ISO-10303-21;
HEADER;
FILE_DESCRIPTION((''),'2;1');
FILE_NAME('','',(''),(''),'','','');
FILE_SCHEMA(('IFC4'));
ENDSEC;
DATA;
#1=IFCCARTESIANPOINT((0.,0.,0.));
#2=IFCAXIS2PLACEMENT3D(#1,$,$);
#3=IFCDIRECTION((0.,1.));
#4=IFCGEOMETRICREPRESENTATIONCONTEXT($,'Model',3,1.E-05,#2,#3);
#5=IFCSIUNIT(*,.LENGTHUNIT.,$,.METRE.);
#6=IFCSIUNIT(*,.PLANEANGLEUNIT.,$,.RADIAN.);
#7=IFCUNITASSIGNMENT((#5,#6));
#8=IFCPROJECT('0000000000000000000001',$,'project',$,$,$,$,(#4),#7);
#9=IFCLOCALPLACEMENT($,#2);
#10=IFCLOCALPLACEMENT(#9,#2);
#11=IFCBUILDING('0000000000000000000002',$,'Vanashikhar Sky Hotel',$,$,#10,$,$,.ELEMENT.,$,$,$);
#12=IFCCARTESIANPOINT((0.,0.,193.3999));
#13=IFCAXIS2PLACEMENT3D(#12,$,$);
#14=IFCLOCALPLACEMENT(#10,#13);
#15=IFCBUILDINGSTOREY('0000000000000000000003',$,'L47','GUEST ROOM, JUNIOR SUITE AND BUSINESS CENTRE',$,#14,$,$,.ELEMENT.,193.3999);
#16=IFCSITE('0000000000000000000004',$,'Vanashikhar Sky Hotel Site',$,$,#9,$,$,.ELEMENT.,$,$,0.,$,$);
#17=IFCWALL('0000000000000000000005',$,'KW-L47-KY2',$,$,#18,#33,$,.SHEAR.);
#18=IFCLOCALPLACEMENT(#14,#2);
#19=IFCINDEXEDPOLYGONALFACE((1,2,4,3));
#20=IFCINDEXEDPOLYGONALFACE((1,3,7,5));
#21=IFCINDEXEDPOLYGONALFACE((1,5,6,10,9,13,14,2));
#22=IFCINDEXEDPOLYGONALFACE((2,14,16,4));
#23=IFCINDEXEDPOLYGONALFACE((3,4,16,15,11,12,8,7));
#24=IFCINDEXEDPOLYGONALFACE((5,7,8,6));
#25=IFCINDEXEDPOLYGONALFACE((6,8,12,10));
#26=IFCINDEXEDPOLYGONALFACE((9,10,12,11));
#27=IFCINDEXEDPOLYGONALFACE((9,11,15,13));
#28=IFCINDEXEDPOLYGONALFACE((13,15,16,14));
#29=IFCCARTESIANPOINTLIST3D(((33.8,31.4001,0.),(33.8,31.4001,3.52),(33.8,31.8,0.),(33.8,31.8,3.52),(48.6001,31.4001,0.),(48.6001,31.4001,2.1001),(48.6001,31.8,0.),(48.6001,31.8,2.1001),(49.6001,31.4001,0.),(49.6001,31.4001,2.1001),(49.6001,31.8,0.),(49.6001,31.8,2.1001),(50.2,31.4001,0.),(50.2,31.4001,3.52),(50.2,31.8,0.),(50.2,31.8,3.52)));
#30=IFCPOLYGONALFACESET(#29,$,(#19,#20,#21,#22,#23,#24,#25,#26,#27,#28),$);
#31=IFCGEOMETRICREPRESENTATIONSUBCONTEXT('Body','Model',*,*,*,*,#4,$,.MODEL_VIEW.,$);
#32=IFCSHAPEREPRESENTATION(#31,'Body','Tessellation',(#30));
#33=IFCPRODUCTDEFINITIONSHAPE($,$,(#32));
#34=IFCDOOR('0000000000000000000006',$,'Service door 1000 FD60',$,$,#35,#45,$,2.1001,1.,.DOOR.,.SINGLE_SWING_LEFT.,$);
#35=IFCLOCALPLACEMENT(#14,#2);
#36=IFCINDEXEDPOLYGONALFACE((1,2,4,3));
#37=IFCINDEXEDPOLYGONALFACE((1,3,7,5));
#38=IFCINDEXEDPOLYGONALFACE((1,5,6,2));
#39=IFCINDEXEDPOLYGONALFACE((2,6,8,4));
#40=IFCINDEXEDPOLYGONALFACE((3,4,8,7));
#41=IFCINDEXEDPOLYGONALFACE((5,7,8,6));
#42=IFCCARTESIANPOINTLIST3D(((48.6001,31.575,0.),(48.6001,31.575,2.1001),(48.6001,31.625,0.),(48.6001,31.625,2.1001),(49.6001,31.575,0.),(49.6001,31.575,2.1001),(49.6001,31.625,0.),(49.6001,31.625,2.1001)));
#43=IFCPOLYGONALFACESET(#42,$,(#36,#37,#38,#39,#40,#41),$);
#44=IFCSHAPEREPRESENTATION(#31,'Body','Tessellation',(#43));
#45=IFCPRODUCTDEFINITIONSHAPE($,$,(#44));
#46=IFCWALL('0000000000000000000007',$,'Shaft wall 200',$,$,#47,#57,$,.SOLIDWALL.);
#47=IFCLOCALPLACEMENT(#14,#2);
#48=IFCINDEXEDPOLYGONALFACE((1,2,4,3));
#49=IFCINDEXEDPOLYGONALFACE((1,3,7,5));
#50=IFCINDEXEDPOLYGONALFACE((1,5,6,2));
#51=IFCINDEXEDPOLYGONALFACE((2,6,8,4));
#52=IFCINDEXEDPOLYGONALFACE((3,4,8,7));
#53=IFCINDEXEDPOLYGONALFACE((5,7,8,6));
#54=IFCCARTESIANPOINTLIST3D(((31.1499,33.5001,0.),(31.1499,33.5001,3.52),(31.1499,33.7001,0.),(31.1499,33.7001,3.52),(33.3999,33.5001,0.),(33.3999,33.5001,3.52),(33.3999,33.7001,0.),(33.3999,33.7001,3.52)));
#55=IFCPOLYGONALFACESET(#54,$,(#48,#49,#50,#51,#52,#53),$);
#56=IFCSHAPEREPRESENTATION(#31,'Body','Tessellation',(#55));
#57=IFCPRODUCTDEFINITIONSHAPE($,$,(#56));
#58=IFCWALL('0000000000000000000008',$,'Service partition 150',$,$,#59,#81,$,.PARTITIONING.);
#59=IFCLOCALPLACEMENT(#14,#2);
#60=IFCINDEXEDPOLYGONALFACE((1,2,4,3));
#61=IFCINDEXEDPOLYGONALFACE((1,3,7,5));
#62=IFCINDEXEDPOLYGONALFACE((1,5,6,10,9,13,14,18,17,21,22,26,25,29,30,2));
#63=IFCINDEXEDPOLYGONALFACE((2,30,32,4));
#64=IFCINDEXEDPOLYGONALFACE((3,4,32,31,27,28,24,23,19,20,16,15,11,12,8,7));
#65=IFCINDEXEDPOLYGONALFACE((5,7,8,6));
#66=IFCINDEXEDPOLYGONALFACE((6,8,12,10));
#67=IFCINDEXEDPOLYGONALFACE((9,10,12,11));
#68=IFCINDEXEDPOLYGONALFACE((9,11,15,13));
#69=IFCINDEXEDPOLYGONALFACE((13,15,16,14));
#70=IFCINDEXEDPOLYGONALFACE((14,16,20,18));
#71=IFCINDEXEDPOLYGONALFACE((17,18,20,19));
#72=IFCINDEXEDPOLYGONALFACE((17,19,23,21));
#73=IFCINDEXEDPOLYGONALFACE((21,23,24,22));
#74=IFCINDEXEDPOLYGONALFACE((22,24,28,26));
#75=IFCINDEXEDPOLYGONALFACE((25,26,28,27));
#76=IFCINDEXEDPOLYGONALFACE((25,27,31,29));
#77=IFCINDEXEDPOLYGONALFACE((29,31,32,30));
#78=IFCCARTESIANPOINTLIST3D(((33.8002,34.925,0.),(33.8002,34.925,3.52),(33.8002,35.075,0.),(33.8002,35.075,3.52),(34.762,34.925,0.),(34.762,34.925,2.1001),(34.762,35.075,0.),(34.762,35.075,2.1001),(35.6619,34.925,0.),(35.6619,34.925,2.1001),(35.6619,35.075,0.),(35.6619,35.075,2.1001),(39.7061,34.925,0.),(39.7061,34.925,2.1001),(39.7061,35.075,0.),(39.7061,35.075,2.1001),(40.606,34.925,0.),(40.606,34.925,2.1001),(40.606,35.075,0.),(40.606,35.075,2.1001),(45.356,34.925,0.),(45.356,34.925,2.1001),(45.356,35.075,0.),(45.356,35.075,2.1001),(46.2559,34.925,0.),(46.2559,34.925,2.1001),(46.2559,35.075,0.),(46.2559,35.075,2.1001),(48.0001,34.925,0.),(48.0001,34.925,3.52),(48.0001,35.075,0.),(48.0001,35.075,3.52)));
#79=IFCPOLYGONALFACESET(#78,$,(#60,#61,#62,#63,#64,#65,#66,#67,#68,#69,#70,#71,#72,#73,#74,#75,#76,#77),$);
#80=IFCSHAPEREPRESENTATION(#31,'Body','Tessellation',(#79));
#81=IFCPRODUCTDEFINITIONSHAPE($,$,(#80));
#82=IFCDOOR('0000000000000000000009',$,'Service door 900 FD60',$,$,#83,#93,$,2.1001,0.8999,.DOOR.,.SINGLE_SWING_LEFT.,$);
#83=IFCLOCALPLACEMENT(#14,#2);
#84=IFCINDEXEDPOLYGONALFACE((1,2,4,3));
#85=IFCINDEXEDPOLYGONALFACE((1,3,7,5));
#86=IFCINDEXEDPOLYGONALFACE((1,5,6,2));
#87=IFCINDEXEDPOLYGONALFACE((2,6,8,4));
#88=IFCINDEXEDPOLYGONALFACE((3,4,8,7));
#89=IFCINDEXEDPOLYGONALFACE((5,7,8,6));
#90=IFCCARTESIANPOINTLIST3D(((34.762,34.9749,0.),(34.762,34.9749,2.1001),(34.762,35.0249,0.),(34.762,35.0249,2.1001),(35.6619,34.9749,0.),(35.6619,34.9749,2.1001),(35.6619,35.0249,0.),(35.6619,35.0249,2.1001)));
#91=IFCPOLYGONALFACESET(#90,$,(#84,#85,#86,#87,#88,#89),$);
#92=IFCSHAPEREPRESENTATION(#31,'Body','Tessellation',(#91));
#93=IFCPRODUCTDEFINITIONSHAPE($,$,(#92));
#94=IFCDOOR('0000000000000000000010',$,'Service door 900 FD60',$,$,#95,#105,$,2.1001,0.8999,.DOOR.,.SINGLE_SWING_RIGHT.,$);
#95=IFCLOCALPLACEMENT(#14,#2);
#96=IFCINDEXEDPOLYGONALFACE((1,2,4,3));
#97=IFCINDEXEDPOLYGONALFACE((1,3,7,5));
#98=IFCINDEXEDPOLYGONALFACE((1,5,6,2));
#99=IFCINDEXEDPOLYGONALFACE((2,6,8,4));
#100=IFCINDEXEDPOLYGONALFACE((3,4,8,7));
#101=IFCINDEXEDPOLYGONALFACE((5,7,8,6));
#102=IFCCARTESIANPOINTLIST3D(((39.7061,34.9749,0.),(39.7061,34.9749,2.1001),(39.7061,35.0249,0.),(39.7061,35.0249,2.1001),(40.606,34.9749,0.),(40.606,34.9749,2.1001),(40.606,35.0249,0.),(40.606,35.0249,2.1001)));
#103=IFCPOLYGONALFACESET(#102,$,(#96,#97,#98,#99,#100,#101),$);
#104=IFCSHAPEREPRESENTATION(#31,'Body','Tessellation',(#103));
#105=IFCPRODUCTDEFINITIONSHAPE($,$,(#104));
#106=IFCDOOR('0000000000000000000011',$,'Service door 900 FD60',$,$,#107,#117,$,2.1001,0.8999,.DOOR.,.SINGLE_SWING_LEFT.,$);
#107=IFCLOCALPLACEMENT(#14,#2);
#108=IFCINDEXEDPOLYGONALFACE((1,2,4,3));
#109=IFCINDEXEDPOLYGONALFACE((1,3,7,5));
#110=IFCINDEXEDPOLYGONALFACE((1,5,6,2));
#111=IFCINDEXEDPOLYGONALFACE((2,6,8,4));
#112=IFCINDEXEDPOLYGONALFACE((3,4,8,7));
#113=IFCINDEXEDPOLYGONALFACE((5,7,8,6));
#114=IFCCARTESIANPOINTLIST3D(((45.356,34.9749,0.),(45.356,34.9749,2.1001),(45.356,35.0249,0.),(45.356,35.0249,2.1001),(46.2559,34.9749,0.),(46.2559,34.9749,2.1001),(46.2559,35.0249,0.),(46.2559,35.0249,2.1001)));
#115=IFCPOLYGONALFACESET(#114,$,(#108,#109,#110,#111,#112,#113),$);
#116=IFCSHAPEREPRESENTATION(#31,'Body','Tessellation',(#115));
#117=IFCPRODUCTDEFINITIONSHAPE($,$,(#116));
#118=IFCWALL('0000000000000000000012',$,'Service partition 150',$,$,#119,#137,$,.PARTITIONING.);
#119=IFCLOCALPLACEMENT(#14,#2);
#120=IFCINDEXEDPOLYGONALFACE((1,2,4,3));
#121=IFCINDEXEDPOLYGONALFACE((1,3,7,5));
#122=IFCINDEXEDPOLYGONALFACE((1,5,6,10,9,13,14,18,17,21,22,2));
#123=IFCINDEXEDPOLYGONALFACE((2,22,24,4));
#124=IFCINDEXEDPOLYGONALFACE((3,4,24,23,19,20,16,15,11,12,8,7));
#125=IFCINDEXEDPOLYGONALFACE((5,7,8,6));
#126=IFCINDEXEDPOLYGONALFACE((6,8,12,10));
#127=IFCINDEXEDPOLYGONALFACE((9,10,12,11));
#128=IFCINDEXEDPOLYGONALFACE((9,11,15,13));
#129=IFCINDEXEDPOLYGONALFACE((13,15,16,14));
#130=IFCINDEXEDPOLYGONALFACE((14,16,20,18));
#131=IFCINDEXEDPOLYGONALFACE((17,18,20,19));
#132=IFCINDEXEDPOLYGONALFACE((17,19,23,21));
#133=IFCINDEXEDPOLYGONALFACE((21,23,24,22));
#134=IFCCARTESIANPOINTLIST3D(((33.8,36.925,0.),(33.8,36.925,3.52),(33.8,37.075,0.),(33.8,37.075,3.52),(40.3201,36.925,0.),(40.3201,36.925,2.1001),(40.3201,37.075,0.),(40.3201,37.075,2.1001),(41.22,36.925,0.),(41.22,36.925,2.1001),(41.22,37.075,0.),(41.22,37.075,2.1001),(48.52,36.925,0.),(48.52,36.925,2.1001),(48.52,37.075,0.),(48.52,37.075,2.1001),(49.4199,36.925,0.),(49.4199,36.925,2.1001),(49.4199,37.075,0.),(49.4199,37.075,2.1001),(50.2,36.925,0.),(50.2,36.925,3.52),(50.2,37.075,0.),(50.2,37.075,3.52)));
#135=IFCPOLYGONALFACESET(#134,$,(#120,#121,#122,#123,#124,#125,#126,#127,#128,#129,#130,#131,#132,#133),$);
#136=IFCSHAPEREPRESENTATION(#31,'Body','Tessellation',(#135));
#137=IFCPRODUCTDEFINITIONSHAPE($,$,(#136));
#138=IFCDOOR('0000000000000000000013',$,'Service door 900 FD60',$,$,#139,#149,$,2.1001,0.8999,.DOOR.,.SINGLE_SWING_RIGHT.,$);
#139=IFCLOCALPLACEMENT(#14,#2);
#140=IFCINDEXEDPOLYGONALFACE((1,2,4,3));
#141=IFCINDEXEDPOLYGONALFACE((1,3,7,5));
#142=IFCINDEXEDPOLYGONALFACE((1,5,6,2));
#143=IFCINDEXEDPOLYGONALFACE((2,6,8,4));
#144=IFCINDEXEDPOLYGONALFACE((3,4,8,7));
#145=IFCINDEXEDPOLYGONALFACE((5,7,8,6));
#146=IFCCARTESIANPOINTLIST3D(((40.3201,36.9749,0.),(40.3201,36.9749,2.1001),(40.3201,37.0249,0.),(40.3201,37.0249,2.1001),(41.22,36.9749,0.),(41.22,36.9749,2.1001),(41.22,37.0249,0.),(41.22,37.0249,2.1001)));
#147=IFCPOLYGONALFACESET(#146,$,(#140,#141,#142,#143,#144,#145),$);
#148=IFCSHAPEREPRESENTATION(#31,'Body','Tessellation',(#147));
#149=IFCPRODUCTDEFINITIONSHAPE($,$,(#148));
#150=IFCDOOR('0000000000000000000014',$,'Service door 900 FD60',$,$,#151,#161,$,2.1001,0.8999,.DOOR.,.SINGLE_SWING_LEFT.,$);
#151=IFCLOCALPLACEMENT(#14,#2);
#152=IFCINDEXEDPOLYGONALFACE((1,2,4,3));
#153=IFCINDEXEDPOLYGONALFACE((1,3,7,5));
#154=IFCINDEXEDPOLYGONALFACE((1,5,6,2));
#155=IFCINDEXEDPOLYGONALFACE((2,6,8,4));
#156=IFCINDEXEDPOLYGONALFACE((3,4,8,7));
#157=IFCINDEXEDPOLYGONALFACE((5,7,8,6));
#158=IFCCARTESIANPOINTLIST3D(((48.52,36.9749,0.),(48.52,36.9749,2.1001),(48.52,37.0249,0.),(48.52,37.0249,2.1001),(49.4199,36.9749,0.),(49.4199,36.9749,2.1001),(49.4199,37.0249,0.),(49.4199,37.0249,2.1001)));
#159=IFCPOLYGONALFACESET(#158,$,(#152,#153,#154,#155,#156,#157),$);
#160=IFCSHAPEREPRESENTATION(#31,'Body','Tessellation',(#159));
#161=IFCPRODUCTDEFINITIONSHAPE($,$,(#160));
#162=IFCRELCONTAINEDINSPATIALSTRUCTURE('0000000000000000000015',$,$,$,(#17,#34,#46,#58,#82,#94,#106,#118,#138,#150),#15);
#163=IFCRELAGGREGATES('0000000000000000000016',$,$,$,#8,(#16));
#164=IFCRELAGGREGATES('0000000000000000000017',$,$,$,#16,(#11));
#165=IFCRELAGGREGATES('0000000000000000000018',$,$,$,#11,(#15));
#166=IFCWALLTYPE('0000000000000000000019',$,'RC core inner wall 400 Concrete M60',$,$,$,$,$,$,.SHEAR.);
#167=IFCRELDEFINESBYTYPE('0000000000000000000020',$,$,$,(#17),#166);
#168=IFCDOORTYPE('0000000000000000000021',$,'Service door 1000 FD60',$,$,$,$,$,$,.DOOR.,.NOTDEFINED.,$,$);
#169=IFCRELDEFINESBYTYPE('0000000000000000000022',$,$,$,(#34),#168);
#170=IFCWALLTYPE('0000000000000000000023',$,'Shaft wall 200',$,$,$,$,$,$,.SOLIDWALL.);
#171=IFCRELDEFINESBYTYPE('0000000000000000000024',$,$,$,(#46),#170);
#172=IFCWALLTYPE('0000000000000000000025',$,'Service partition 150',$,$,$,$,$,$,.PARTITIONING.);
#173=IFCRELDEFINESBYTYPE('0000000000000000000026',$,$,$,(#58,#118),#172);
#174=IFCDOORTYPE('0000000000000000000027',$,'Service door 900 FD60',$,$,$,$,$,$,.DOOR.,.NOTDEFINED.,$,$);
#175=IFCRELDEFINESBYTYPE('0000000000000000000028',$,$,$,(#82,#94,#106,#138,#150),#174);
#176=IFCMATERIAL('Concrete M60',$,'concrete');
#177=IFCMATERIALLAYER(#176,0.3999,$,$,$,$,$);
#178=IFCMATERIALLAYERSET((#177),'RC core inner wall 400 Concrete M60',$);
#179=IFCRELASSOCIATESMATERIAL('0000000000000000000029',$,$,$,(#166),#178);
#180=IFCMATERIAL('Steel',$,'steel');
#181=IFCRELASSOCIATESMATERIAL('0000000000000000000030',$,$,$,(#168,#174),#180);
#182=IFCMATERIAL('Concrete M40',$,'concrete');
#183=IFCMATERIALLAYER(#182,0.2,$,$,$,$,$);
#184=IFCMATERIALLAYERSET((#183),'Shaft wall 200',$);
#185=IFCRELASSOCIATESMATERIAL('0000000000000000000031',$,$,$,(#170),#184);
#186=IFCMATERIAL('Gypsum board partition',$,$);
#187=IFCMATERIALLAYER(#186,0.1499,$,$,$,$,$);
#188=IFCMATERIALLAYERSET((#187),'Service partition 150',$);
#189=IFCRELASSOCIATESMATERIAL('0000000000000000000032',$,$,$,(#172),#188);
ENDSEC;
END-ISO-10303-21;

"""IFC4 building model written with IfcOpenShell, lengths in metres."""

from ifc_helpers import new_model, si_unit, direction, frame, frame_2d, origin, place, context, subcontext, project, spatial, rectangle, extrude, source, transform, mapped, material, layer, layer_set, type_object, element, fill, save


model = new_model("IFC4")

# Units and contexts
model_context = context("Model", 3, precision=1e-05, world=origin(), true_north=direction((0.0, 1.0)))
body_context = subcontext(model_context, "Body", "Model", "MODEL_VIEW")
ifc_project = project(units=[si_unit("LENGTHUNIT", "METRE"), si_unit("PLANEANGLEUNIT", "RADIAN")], contexts=[model_context])

# Site, building, storey
site_placement = place(None, origin())
site = spatial("IfcSite", under=ifc_project, at=site_placement, Name="Vanashikhar Sky Hotel Site", CompositionType="ELEMENT", RefElevation=0.0)
building_placement = place(site_placement, origin())
building = spatial("IfcBuilding", under=site, at=building_placement, Name="Vanashikhar Sky Hotel", CompositionType="ELEMENT")
storey_placement = place(building_placement, frame((0.0, 0.0, 193.3999)))
storey = spatial("IfcBuildingStorey", under=building, at=storey_placement, Name="L47", Description="GUEST ROOM, JUNIOR SUITE AND BUSINESS CENTRE", CompositionType="ELEMENT", Elevation=193.3999)

# Wall, opening, door
ifc_material_1 = material(Name="Concrete M60", Category="concrete")
ifc_layer_1 = layer(ifc_material_1, 0.3999)
ifc_layer_set_1 = layer_set([ifc_layer_1], Name="RC core inner wall 400 Concrete M60")
wall_type_1 = type_object("IfcWallType", Name="RC core inner wall 400 Concrete M60", PredefinedType="SHEAR", material=ifc_layer_set_1)
shared_shape_1 = source(origin(), body_context, "Body", "SweptSolid", [
    extrude(rectangle(XDim=16.3999, YDim=0.3999, at=frame_2d((8.2, 0.0))), origin(), (0.0, 0.0, 1.0), 3.52),
])
wall_1_placement = place(storey_placement, frame((33.8, 31.6001, 0.0), z_axis=(0.0, 0.0, 1.0), x_axis=(1.0, 0.0, 0.0)))
wall_1 = element("IfcWall", 1, at=wall_1_placement, inside=storey, type_object=wall_type_1, Name="KW-L47-KY2", PredefinedType="SHEAR", context=body_context, shape_type="MappedRepresentation", body=[
    mapped(shared_shape_1, transform((0.0, 0.0, 0.0), scale=1.0)),
])
shared_shape_2 = source(origin(), body_context, "Body", "SweptSolid", [
    extrude(rectangle(XDim=1.0, YDim=2.1001, at=frame_2d((0.5, 1.05))), frame((0.0, 0.21, 0.0), z_axis=(0.0, -1.0, 0.0), x_axis=(1.0, 0.0, 0.0)), (0.0, 0.0, 1.0), 0.4199),
])
opening_1_placement = place(wall_1_placement, frame((14.8, 0.0, 0.0)))
opening_1 = element("IfcOpeningElement", 2, at=opening_1_placement, cuts=wall_1, PredefinedType="OPENING", context=body_context, shape_type="MappedRepresentation", body=[
    mapped(shared_shape_2, transform((0.0, 0.0, 0.0), scale=1.0)),
])
ifc_material_2 = material(Name="Steel", Category="steel")
door_type_1 = type_object("IfcDoorType", Name="Service door 1000 FD60", OperationType="NOTDEFINED", PredefinedType="DOOR", material=ifc_material_2)
shared_shape_3 = source(origin(), body_context, "Body", "SweptSolid", [
    extrude(rectangle(XDim=1.0, YDim=2.1001, at=frame_2d((0.5, 1.05))), frame((0.0, 0.0249, 0.0), z_axis=(0.0, -1.0, 0.0), x_axis=(1.0, 0.0, 0.0)), (0.0, 0.0, 1.0), 0.05),
])
door_1_placement = place(opening_1_placement, origin())
door_1 = element("IfcDoor", 3, at=door_1_placement, inside=storey, type_object=door_type_1, Name="Service door 1000 FD60", OperationType="SINGLE_SWING_LEFT", OverallHeight=2.1001, OverallWidth=1.0, PredefinedType="DOOR", context=body_context, shape_type="MappedRepresentation", body=[
    mapped(shared_shape_3, transform((0.0, 0.0, 0.0), scale=1.0)),
])
fill(opening_1, door_1)

# Wall
ifc_material_3 = material(Name="Concrete M40", Category="concrete")
ifc_layer_2 = layer(ifc_material_3, 0.2)
ifc_layer_set_2 = layer_set([ifc_layer_2], Name="Shaft wall 200")
wall_type_2 = type_object("IfcWallType", Name="Shaft wall 200", PredefinedType="SOLIDWALL", material=ifc_layer_set_2)
shared_shape_4 = source(origin(), body_context, "Body", "SweptSolid", [
    extrude(rectangle(XDim=2.25, YDim=0.2, at=frame_2d((1.125, 0.0))), origin(), (0.0, 0.0, 1.0), 3.52),
])
wall_2_placement = place(storey_placement, frame((31.1499, 33.6001, 0.0), z_axis=(0.0, 0.0, 1.0), x_axis=(1.0, 0.0, 0.0)))
element("IfcWall", 4, at=wall_2_placement, inside=storey, type_object=wall_type_2, Name="Shaft wall 200", PredefinedType="SOLIDWALL", context=body_context, shape_type="MappedRepresentation", body=[
    mapped(shared_shape_4, transform((0.0, 0.0, 0.0), scale=1.0)),
])

# Walls, openings, doors
ifc_material_4 = material(Name="Gypsum board partition")
ifc_layer_3 = layer(ifc_material_4, 0.1499)
ifc_layer_set_3 = layer_set([ifc_layer_3], Name="Service partition 150")
wall_type_3 = type_object("IfcWallType", Name="Service partition 150", PredefinedType="PARTITIONING", material=ifc_layer_set_3)
shared_shape_5 = source(origin(), body_context, "Body", "SweptSolid", [
    extrude(rectangle(XDim=14.2, YDim=0.1499, at=frame_2d((7.1001, 0.0))), origin(), (0.0, 0.0, 1.0), 3.52),
])
wall_3_placement = place(storey_placement, frame((33.8, 35.0, 0.0), z_axis=(0.0, 0.0, 1.0), x_axis=(1.0, 0.0, 0.0)))
wall_3 = element("IfcWall", 5, at=wall_3_placement, inside=storey, type_object=wall_type_3, Name="Service partition 150", PredefinedType="PARTITIONING", context=body_context, shape_type="MappedRepresentation", body=[
    mapped(shared_shape_5, transform((0.0, 0.0, 0.0), scale=1.0)),
])
shared_shape_6 = source(origin(), body_context, "Body", "SweptSolid", [
    extrude(rectangle(XDim=0.8999, YDim=2.1001, at=frame_2d((0.45, 1.05))), frame((0.0, 0.085, 0.0), z_axis=(0.0, -1.0, 0.0), x_axis=(1.0, 0.0, 0.0)), (0.0, 0.0, 1.0), 0.1699),
])
opening_2_placement = place(wall_3_placement, frame((0.9619, 0.0, 0.0)))
opening_2 = element("IfcOpeningElement", 6, at=opening_2_placement, cuts=wall_3, PredefinedType="OPENING", context=body_context, shape_type="MappedRepresentation", body=[
    mapped(shared_shape_6, transform((0.0, 0.0, 0.0), scale=1.0)),
])
opening_3_placement = place(wall_3_placement, frame((5.906, 0.0, 0.0)))
opening_3 = element("IfcOpeningElement", 7, at=opening_3_placement, cuts=wall_3, PredefinedType="OPENING", context=body_context, shape_type="MappedRepresentation", body=[
    mapped(shared_shape_6, transform((0.0, 0.0, 0.0), scale=1.0)),
])
opening_4_placement = place(wall_3_placement, frame((11.5559, 0.0, 0.0)))
opening_4 = element("IfcOpeningElement", 8, at=opening_4_placement, cuts=wall_3, PredefinedType="OPENING", context=body_context, shape_type="MappedRepresentation", body=[
    mapped(shared_shape_6, transform((0.0, 0.0, 0.0), scale=1.0)),
])
door_type_2 = type_object("IfcDoorType", Name="Service door 900 FD60", OperationType="NOTDEFINED", PredefinedType="DOOR", material=ifc_material_2)
shared_shape_7 = source(origin(), body_context, "Body", "SweptSolid", [
    extrude(rectangle(XDim=0.8999, YDim=2.1001, at=frame_2d((0.45, 1.05))), frame((0.0, 0.0249, 0.0), z_axis=(0.0, -1.0, 0.0), x_axis=(1.0, 0.0, 0.0)), (0.0, 0.0, 1.0), 0.05),
])
door_2_placement = place(opening_2_placement, origin())
door_2 = element("IfcDoor", 9, at=door_2_placement, inside=storey, type_object=door_type_2, Name="Service door 900 FD60", OperationType="SINGLE_SWING_LEFT", OverallHeight=2.1001, OverallWidth=0.8999, PredefinedType="DOOR", context=body_context, shape_type="MappedRepresentation", body=[
    mapped(shared_shape_7, transform((0.0, 0.0, 0.0), scale=1.0)),
])
fill(opening_2, door_2)
door_3_placement = place(opening_3_placement, origin())
door_3 = element("IfcDoor", 10, at=door_3_placement, inside=storey, type_object=door_type_2, Name="Service door 900 FD60", OperationType="SINGLE_SWING_RIGHT", OverallHeight=2.1001, OverallWidth=0.8999, PredefinedType="DOOR", context=body_context, shape_type="MappedRepresentation", body=[
    mapped(shared_shape_7, transform((0.0, 0.0, 0.0), scale=1.0)),
])
fill(opening_3, door_3)
door_4_placement = place(opening_4_placement, origin())
door_4 = element("IfcDoor", 11, at=door_4_placement, inside=storey, type_object=door_type_2, Name="Service door 900 FD60", OperationType="SINGLE_SWING_LEFT", OverallHeight=2.1001, OverallWidth=0.8999, PredefinedType="DOOR", context=body_context, shape_type="MappedRepresentation", body=[
    mapped(shared_shape_7, transform((0.0, 0.0, 0.0), scale=1.0)),
])
fill(opening_4, door_4)
shared_shape_8 = source(origin(), body_context, "Body", "SweptSolid", [
    extrude(rectangle(XDim=16.3999, YDim=0.1499, at=frame_2d((8.2, 0.0))), origin(), (0.0, 0.0, 1.0), 3.52),
])
wall_4_placement = place(storey_placement, frame((33.8, 37.0, 0.0), z_axis=(0.0, 0.0, 1.0), x_axis=(1.0, 0.0, 0.0)))
wall_4 = element("IfcWall", 12, at=wall_4_placement, inside=storey, type_object=wall_type_3, Name="Service partition 150", PredefinedType="PARTITIONING", context=body_context, shape_type="MappedRepresentation", body=[
    mapped(shared_shape_8, transform((0.0, 0.0, 0.0), scale=1.0)),
])
opening_5_placement = place(wall_4_placement, frame((6.52, 0.0, 0.0)))
opening_5 = element("IfcOpeningElement", 13, at=opening_5_placement, cuts=wall_4, PredefinedType="OPENING", context=body_context, shape_type="MappedRepresentation", body=[
    mapped(shared_shape_6, transform((0.0, 0.0, 0.0), scale=1.0)),
])
opening_6_placement = place(wall_4_placement, frame((14.72, 0.0, 0.0)))
opening_6 = element("IfcOpeningElement", 14, at=opening_6_placement, cuts=wall_4, PredefinedType="OPENING", context=body_context, shape_type="MappedRepresentation", body=[
    mapped(shared_shape_6, transform((0.0, 0.0, 0.0), scale=1.0)),
])
door_5_placement = place(opening_5_placement, origin())
door_5 = element("IfcDoor", 15, at=door_5_placement, inside=storey, type_object=door_type_2, Name="Service door 900 FD60", OperationType="SINGLE_SWING_RIGHT", OverallHeight=2.1001, OverallWidth=0.8999, PredefinedType="DOOR", context=body_context, shape_type="MappedRepresentation", body=[
    mapped(shared_shape_7, transform((0.0, 0.0, 0.0), scale=1.0)),
])
fill(opening_5, door_5)
door_6_placement = place(opening_6_placement, origin())
door_6 = element("IfcDoor", 16, at=door_6_placement, inside=storey, type_object=door_type_2, Name="Service door 900 FD60", OperationType="SINGLE_SWING_LEFT", OverallHeight=2.1001, OverallWidth=0.8999, PredefinedType="DOOR", context=body_context, shape_type="MappedRepresentation", body=[
    mapped(shared_shape_7, transform((0.0, 0.0, 0.0), scale=1.0)),
])
fill(opening_6, door_6)

save(model, "model.ifc")
